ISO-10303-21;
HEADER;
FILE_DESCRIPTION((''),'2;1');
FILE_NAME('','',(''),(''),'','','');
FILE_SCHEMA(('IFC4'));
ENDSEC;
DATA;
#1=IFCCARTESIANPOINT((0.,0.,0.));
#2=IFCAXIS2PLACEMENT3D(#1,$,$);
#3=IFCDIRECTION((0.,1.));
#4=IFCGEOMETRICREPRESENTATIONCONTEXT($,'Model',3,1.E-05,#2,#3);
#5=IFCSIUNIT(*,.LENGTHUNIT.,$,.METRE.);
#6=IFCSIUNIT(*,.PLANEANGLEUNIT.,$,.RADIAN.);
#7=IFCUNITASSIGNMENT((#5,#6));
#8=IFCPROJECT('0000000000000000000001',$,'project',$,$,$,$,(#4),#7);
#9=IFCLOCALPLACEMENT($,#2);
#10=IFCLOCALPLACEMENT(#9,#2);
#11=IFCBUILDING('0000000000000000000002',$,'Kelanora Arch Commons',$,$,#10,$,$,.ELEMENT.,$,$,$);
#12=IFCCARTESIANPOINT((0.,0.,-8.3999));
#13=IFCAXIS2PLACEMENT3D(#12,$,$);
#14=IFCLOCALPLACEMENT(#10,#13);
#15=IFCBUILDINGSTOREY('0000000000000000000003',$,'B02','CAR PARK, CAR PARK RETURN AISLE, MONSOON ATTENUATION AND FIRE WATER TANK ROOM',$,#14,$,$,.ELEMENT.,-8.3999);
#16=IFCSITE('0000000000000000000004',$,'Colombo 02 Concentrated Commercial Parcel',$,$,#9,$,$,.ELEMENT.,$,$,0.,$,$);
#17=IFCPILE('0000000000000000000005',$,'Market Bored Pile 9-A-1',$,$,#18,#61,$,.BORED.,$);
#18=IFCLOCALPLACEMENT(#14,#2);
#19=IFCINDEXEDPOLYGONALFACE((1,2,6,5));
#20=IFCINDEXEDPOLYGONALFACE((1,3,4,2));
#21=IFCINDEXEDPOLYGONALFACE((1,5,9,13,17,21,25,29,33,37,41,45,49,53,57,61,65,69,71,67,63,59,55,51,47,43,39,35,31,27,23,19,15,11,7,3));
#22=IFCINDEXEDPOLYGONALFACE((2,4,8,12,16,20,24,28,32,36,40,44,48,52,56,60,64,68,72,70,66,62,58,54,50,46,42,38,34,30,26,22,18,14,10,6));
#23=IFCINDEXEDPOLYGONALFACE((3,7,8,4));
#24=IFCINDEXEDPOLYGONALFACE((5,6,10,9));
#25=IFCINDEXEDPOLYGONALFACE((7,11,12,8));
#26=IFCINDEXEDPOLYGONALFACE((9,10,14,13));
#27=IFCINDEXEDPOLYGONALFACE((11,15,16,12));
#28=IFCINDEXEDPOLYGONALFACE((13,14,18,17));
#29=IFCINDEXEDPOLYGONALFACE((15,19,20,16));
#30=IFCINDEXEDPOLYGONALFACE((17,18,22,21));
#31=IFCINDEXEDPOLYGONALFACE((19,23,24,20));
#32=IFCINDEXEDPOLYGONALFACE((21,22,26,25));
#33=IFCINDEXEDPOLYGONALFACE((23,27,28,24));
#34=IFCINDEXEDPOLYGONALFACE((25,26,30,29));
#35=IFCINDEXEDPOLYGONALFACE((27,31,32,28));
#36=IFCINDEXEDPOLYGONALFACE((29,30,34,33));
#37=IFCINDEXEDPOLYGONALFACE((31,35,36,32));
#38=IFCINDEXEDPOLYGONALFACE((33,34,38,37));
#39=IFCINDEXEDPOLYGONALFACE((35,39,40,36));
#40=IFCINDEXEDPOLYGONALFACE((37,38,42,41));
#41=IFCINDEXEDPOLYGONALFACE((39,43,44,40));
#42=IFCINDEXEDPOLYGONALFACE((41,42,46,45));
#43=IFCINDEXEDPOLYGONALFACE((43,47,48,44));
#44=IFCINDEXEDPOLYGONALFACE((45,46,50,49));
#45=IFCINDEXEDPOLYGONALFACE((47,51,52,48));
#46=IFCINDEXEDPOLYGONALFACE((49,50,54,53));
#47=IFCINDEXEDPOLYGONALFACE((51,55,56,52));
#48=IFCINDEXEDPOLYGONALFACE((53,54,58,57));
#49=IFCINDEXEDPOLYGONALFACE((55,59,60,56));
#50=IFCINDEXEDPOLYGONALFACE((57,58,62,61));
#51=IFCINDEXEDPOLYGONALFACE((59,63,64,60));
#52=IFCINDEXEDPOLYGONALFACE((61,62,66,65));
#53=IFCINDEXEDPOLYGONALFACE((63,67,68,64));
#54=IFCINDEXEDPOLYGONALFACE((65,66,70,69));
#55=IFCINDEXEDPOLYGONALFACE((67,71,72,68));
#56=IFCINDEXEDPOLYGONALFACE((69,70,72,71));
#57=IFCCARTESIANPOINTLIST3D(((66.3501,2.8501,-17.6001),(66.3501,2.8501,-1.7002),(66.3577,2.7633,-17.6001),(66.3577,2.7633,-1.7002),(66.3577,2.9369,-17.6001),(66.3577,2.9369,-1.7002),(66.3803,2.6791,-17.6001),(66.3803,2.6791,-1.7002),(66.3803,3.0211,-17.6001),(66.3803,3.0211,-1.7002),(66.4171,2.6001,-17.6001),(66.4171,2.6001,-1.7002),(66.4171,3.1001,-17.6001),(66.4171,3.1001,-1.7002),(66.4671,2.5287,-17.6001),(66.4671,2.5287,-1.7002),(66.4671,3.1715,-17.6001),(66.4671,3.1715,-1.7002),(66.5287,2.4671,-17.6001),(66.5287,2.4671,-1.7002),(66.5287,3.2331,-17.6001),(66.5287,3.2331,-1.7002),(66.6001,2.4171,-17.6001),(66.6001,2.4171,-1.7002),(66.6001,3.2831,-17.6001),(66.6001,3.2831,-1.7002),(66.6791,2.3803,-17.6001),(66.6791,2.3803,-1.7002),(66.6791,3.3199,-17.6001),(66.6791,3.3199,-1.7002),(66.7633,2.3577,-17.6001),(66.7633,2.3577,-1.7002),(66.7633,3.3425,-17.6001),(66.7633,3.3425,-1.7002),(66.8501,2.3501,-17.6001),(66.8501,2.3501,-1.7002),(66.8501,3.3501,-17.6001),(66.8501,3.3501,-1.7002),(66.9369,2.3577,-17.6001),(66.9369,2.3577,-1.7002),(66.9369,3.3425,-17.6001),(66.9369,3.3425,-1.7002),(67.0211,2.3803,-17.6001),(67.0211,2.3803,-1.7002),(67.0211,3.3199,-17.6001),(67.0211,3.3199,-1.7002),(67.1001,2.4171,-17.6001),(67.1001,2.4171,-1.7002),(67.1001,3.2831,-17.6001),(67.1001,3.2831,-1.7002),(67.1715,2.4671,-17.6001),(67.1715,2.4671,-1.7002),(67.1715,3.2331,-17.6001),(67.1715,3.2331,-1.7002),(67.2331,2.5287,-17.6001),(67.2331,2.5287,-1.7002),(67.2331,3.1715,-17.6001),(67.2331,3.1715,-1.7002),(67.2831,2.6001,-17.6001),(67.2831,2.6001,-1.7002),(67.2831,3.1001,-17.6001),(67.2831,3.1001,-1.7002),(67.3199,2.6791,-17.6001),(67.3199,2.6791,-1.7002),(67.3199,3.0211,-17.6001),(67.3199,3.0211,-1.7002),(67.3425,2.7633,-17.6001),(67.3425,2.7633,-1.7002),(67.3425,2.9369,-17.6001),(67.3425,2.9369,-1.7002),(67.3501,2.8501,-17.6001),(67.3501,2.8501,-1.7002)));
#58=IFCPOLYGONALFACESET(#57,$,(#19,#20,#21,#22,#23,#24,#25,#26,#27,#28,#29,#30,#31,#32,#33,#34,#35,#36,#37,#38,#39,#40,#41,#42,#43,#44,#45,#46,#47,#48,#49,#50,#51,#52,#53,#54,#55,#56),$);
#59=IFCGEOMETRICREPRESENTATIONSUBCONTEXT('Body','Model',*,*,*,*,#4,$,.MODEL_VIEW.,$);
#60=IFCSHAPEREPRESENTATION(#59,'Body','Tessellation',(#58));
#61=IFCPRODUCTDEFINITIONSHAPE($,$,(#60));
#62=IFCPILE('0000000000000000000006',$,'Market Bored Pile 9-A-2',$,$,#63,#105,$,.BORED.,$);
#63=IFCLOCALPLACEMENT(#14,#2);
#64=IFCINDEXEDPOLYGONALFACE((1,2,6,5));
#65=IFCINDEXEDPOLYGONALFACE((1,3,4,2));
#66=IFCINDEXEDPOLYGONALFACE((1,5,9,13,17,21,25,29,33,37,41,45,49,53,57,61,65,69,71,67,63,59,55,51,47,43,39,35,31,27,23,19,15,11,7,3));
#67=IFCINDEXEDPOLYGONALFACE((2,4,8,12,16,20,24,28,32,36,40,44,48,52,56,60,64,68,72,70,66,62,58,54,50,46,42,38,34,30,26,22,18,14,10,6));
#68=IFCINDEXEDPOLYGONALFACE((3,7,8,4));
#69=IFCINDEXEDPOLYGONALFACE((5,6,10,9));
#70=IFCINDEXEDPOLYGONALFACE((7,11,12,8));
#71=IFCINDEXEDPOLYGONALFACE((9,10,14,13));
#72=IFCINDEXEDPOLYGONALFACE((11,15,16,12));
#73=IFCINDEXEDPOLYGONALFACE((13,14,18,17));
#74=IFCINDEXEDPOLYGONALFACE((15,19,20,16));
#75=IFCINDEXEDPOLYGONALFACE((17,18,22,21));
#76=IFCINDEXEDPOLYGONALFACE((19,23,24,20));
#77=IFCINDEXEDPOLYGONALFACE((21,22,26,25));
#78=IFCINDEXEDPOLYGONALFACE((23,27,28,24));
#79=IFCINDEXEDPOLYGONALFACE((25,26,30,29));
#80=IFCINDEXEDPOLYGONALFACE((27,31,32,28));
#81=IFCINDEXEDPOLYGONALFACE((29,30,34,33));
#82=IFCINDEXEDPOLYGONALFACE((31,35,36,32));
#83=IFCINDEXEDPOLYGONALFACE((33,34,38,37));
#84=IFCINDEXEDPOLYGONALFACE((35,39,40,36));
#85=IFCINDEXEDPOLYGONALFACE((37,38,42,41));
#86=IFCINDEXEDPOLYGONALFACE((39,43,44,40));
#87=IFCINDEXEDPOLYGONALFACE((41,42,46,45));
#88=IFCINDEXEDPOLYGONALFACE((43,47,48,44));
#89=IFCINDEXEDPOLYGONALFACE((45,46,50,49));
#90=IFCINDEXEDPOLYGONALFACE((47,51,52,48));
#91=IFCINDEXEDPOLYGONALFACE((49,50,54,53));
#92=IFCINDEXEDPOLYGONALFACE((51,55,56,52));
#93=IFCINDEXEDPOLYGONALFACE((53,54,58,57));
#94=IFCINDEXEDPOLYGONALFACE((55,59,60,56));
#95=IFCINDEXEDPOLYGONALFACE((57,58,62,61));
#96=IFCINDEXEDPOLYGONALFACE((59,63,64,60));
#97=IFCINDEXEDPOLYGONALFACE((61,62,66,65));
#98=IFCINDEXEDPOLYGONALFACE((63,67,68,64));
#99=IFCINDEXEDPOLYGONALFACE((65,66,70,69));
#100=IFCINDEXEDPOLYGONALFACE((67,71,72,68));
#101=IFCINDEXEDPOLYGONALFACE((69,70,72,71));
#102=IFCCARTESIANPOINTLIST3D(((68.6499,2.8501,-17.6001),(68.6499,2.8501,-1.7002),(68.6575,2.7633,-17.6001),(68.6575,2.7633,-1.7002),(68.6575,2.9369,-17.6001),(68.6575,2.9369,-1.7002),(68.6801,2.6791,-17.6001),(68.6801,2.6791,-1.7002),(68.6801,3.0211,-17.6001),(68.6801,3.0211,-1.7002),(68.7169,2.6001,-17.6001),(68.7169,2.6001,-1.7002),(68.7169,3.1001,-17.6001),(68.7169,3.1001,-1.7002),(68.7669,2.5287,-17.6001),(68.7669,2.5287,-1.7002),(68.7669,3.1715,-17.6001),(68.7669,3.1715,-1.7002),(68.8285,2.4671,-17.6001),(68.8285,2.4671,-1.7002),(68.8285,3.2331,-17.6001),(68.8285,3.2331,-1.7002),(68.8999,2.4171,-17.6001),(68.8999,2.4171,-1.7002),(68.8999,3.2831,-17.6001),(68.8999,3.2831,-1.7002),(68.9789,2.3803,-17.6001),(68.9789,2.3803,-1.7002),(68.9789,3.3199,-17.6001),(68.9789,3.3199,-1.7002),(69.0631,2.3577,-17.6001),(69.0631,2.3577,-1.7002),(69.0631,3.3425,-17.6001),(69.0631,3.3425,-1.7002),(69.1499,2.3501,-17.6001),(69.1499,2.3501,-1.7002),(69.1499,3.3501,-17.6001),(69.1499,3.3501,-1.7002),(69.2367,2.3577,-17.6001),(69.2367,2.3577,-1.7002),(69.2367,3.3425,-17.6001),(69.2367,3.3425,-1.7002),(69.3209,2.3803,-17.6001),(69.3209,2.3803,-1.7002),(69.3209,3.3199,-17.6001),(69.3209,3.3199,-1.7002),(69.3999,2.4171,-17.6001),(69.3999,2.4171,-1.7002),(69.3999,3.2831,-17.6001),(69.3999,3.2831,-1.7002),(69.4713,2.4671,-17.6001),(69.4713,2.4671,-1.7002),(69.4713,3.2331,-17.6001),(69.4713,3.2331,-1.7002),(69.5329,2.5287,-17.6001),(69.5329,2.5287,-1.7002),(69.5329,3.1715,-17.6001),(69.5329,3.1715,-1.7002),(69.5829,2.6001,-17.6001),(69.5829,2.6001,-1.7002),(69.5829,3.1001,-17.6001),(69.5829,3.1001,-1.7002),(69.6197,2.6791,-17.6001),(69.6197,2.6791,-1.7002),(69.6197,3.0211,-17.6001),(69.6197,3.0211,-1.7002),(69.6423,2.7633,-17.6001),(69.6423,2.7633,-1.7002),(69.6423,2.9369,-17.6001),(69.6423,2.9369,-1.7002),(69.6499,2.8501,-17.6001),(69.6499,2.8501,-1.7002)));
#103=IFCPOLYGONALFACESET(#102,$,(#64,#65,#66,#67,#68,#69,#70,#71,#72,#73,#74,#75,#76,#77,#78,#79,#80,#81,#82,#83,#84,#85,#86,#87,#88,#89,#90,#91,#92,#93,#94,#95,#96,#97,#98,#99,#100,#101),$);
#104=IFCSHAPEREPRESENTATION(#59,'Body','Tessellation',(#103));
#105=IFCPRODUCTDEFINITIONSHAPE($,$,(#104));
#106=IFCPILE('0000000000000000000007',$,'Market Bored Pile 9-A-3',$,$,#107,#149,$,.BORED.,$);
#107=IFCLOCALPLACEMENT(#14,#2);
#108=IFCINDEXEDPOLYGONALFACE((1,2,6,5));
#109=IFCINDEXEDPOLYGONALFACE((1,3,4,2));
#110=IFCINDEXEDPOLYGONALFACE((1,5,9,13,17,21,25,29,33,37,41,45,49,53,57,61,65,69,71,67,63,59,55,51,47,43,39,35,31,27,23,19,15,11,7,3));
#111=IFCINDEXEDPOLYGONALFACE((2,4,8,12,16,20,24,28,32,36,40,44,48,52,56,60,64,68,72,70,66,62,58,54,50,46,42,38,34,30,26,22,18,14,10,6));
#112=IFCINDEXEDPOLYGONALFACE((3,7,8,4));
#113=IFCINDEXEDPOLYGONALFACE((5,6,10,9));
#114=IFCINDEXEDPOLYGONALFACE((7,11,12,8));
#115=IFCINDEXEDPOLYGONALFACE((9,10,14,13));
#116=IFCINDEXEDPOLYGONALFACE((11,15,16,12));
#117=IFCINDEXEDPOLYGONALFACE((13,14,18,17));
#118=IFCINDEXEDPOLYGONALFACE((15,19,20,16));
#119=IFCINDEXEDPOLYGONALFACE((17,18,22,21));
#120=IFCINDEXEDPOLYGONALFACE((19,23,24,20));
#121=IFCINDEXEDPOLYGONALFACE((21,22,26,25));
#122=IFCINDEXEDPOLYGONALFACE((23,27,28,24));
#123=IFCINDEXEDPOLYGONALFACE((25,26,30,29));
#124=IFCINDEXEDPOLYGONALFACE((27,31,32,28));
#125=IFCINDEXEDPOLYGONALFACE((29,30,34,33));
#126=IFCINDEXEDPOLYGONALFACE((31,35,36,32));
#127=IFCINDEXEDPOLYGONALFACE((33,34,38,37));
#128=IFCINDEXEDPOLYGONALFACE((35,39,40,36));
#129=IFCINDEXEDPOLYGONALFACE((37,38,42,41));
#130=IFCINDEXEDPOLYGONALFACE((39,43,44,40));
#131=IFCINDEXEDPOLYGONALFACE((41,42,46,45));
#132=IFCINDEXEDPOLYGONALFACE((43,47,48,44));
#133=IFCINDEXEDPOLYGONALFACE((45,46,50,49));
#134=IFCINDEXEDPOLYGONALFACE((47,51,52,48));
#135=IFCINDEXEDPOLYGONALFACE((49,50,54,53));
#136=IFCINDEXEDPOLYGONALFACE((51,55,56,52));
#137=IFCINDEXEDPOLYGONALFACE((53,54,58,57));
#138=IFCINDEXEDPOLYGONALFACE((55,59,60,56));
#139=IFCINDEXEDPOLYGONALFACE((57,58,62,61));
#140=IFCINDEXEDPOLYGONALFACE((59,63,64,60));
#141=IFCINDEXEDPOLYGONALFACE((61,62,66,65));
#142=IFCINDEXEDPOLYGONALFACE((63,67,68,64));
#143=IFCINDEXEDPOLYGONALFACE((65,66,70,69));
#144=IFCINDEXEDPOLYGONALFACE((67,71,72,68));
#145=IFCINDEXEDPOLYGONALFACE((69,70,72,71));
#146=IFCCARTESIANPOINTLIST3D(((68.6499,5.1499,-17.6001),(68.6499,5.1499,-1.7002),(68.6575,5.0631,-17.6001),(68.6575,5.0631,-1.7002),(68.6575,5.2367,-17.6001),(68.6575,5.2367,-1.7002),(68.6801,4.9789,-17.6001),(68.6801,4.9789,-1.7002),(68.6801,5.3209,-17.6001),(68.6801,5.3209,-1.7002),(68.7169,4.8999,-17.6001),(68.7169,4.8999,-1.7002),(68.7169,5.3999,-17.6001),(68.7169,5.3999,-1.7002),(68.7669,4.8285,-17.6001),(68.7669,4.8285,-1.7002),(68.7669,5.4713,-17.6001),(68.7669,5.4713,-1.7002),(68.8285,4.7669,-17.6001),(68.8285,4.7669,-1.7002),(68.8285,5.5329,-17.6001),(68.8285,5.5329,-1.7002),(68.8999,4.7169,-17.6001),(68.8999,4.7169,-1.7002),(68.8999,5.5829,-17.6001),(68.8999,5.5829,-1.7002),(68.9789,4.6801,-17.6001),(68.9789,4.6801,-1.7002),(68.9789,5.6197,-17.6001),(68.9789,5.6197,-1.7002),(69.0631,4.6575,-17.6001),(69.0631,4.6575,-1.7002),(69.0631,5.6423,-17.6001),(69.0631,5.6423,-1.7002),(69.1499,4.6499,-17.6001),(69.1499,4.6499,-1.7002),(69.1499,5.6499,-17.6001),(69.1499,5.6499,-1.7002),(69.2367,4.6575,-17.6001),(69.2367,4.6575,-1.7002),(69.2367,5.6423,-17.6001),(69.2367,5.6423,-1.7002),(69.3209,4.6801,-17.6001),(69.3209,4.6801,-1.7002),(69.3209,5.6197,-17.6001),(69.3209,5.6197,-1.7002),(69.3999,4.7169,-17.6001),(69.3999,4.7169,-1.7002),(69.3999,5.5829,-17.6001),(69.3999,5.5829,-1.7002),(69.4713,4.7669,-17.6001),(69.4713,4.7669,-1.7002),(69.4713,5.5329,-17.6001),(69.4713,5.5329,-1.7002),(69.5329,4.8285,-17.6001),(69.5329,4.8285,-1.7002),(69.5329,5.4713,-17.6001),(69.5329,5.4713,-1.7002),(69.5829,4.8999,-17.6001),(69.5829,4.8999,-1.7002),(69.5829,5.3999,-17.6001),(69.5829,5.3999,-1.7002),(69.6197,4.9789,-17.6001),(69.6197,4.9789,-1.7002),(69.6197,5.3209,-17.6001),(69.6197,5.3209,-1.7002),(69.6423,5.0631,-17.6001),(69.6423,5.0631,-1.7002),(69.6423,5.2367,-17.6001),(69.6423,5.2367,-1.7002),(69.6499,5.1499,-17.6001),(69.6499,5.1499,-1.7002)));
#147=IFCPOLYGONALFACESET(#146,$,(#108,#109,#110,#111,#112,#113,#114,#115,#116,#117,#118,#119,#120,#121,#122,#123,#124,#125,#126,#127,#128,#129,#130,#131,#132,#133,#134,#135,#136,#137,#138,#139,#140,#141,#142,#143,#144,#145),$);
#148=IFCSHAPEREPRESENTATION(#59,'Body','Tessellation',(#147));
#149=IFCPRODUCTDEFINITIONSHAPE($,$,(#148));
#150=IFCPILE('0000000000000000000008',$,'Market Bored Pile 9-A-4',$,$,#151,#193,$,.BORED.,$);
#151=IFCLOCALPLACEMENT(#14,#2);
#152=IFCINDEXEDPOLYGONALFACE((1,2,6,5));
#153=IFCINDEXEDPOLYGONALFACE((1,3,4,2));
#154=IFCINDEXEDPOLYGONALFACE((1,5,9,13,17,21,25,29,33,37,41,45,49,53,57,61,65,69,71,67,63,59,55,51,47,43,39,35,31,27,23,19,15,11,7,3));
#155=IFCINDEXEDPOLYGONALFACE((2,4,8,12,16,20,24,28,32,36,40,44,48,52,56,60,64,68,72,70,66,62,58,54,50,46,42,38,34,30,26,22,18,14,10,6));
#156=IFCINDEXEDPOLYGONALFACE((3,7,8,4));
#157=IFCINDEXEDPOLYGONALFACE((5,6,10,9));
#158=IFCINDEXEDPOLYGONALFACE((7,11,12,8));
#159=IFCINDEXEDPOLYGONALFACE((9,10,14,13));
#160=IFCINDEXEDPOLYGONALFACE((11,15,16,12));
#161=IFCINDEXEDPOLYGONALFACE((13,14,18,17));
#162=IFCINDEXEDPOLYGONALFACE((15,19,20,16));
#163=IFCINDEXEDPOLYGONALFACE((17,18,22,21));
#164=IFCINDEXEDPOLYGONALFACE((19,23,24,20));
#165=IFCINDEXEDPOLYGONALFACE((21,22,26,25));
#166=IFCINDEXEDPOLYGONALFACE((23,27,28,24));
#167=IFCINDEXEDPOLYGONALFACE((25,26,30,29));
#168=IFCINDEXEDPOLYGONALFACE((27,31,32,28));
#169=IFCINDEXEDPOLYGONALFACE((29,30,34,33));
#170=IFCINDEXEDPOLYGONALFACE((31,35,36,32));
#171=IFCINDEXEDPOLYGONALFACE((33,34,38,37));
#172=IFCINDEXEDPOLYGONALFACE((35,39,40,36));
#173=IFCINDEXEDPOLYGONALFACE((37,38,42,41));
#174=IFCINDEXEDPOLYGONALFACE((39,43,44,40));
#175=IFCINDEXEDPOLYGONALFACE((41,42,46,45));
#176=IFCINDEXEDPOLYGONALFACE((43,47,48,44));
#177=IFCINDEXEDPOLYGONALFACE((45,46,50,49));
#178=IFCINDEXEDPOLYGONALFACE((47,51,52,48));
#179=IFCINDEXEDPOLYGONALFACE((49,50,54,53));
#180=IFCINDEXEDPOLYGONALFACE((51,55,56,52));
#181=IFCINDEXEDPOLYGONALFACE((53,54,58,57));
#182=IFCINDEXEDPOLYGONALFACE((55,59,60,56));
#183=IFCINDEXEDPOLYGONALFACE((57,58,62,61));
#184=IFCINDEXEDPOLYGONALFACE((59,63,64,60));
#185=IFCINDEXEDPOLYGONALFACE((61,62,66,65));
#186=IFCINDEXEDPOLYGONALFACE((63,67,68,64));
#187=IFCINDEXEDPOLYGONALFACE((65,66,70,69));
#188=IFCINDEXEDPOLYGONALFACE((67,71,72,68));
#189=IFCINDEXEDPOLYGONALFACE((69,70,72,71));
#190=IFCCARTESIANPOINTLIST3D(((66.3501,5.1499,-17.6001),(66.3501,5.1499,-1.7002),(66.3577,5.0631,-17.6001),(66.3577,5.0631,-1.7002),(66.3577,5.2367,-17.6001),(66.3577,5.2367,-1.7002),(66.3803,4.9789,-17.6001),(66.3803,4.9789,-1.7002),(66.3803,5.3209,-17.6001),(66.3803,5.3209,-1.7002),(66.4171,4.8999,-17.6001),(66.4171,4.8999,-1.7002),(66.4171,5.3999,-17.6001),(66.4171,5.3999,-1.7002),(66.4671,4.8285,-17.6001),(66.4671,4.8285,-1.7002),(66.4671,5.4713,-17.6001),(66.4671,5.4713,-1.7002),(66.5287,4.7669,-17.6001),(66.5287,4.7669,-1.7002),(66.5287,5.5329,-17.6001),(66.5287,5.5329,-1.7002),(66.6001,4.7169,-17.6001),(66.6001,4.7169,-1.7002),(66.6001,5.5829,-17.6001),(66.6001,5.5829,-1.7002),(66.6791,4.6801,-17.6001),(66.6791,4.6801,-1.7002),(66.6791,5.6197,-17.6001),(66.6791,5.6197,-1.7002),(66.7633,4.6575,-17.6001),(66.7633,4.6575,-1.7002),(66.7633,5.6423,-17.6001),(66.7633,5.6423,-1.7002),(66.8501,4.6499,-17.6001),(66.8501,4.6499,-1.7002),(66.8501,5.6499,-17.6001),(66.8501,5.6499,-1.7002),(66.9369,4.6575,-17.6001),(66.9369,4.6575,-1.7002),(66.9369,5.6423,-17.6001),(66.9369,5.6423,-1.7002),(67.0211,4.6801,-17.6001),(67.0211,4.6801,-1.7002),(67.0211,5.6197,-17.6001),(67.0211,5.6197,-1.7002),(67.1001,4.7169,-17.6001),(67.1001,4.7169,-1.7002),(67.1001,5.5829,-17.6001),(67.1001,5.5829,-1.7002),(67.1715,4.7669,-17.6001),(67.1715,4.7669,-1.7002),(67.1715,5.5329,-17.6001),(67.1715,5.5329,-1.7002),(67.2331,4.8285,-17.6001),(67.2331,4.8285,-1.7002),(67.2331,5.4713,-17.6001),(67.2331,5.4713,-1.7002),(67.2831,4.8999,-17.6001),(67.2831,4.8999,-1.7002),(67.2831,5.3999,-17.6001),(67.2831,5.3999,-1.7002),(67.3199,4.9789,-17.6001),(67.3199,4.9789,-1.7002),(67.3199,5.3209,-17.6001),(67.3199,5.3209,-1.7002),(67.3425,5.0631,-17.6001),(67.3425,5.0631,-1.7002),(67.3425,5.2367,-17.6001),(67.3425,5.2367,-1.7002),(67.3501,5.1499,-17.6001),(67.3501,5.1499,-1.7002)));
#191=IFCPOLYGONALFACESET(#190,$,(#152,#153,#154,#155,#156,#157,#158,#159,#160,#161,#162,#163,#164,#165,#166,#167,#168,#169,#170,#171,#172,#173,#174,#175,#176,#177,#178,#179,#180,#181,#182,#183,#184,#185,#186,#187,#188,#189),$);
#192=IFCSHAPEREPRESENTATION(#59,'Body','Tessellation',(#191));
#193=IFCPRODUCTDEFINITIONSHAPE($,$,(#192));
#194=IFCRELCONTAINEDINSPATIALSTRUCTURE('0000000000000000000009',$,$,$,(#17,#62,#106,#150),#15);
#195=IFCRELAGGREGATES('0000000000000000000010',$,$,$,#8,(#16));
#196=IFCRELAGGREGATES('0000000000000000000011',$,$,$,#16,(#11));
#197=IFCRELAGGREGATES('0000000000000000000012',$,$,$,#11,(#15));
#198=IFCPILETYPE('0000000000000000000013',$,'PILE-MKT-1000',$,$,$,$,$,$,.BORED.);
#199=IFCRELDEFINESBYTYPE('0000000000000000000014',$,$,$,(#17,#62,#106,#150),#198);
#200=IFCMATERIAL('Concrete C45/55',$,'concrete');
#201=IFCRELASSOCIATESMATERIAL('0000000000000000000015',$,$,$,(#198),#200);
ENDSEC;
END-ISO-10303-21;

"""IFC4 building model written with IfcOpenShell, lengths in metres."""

from ifc_helpers import new_model, si_unit, direction, frame, origin, origin_2d, place, context, subcontext, project, spatial, circle, extrude, source, transform, mapped, material, material_profile, profile_set, type_object, element, save


model = new_model("IFC4")

# Units and contexts
model_context = context("Model", 3, precision=1e-05, world=origin(), true_north=direction((0.0, 1.0)))
body_context = subcontext(model_context, "Body", "Model", "MODEL_VIEW")
ifc_project = project(units=[si_unit("LENGTHUNIT", "METRE"), si_unit("PLANEANGLEUNIT", "RADIAN")], contexts=[model_context])

# Site, building, storey
site_placement = place(None, origin())
site = spatial("IfcSite", under=ifc_project, at=site_placement, Name="Colombo 02 Concentrated Commercial Parcel", CompositionType="ELEMENT", RefElevation=0.0)
building_placement = place(site_placement, origin())
building = spatial("IfcBuilding", under=site, at=building_placement, Name="Kelanora Arch Commons", CompositionType="ELEMENT")
storey_placement = place(building_placement, frame((0.0, 0.0, -8.3999)))
storey = spatial("IfcBuildingStorey", under=building, at=storey_placement, Name="B02", Description="CAR PARK, CAR PARK RETURN AISLE, MONSOON ATTENUATION AND FIRE WATER TANK ROOM", CompositionType="ELEMENT", Elevation=-8.3999)

# Piles
ifc_material_1 = material(Name="Concrete C45/55", Category="concrete")
ifc_material_profile_1 = material_profile(ifc_material_1, circle(Radius=0.5, at=origin_2d()), Name="PILE1000")
ifc_profile_set_1 = profile_set([ifc_material_profile_1], Name="Concrete C45/55")
pile_type = type_object("IfcPileType", Name="PILE-MKT-1000", PredefinedType="BORED", material=ifc_profile_set_1)
shared_shape_1 = source(origin(), body_context, "Body", "SweptSolid", [
    extrude(circle(Radius=0.5, at=origin_2d()), origin(), (0.0, 0.0, 1.0), 15.8999),
])
for number, where, z_axis, x_axis, name in (
    (1, (66.8501, 2.8501, -1.7002), (0.0, 0.0, -1.0), (1.0, 0.0, 0.0), "Market Bored Pile 9-A-1"),
    (2, (69.1499, 2.8501, -1.7002), (0.0, 0.0, -1.0), (1.0, 0.0, 0.0), "Market Bored Pile 9-A-2"),
    (3, (69.1499, 5.1499, -1.7002), (0.0, 0.0, -1.0), (1.0, 0.0, 0.0), "Market Bored Pile 9-A-3"),
    (4, (66.8501, 5.1499, -1.7002), (0.0, 0.0, -1.0), (1.0, 0.0, 0.0), "Market Bored Pile 9-A-4"),
):
    element("IfcPile", number, at=place(storey_placement, frame(where, z_axis=z_axis, x_axis=x_axis)), inside=storey, type_object=pile_type, Name=name, PredefinedType="BORED", context=body_context, shape_type="MappedRepresentation", body=[
        mapped(shared_shape_1, transform((0.0, 0.0, 0.0), scale=1.0)),
    ])

save(model, "model.ifc")
